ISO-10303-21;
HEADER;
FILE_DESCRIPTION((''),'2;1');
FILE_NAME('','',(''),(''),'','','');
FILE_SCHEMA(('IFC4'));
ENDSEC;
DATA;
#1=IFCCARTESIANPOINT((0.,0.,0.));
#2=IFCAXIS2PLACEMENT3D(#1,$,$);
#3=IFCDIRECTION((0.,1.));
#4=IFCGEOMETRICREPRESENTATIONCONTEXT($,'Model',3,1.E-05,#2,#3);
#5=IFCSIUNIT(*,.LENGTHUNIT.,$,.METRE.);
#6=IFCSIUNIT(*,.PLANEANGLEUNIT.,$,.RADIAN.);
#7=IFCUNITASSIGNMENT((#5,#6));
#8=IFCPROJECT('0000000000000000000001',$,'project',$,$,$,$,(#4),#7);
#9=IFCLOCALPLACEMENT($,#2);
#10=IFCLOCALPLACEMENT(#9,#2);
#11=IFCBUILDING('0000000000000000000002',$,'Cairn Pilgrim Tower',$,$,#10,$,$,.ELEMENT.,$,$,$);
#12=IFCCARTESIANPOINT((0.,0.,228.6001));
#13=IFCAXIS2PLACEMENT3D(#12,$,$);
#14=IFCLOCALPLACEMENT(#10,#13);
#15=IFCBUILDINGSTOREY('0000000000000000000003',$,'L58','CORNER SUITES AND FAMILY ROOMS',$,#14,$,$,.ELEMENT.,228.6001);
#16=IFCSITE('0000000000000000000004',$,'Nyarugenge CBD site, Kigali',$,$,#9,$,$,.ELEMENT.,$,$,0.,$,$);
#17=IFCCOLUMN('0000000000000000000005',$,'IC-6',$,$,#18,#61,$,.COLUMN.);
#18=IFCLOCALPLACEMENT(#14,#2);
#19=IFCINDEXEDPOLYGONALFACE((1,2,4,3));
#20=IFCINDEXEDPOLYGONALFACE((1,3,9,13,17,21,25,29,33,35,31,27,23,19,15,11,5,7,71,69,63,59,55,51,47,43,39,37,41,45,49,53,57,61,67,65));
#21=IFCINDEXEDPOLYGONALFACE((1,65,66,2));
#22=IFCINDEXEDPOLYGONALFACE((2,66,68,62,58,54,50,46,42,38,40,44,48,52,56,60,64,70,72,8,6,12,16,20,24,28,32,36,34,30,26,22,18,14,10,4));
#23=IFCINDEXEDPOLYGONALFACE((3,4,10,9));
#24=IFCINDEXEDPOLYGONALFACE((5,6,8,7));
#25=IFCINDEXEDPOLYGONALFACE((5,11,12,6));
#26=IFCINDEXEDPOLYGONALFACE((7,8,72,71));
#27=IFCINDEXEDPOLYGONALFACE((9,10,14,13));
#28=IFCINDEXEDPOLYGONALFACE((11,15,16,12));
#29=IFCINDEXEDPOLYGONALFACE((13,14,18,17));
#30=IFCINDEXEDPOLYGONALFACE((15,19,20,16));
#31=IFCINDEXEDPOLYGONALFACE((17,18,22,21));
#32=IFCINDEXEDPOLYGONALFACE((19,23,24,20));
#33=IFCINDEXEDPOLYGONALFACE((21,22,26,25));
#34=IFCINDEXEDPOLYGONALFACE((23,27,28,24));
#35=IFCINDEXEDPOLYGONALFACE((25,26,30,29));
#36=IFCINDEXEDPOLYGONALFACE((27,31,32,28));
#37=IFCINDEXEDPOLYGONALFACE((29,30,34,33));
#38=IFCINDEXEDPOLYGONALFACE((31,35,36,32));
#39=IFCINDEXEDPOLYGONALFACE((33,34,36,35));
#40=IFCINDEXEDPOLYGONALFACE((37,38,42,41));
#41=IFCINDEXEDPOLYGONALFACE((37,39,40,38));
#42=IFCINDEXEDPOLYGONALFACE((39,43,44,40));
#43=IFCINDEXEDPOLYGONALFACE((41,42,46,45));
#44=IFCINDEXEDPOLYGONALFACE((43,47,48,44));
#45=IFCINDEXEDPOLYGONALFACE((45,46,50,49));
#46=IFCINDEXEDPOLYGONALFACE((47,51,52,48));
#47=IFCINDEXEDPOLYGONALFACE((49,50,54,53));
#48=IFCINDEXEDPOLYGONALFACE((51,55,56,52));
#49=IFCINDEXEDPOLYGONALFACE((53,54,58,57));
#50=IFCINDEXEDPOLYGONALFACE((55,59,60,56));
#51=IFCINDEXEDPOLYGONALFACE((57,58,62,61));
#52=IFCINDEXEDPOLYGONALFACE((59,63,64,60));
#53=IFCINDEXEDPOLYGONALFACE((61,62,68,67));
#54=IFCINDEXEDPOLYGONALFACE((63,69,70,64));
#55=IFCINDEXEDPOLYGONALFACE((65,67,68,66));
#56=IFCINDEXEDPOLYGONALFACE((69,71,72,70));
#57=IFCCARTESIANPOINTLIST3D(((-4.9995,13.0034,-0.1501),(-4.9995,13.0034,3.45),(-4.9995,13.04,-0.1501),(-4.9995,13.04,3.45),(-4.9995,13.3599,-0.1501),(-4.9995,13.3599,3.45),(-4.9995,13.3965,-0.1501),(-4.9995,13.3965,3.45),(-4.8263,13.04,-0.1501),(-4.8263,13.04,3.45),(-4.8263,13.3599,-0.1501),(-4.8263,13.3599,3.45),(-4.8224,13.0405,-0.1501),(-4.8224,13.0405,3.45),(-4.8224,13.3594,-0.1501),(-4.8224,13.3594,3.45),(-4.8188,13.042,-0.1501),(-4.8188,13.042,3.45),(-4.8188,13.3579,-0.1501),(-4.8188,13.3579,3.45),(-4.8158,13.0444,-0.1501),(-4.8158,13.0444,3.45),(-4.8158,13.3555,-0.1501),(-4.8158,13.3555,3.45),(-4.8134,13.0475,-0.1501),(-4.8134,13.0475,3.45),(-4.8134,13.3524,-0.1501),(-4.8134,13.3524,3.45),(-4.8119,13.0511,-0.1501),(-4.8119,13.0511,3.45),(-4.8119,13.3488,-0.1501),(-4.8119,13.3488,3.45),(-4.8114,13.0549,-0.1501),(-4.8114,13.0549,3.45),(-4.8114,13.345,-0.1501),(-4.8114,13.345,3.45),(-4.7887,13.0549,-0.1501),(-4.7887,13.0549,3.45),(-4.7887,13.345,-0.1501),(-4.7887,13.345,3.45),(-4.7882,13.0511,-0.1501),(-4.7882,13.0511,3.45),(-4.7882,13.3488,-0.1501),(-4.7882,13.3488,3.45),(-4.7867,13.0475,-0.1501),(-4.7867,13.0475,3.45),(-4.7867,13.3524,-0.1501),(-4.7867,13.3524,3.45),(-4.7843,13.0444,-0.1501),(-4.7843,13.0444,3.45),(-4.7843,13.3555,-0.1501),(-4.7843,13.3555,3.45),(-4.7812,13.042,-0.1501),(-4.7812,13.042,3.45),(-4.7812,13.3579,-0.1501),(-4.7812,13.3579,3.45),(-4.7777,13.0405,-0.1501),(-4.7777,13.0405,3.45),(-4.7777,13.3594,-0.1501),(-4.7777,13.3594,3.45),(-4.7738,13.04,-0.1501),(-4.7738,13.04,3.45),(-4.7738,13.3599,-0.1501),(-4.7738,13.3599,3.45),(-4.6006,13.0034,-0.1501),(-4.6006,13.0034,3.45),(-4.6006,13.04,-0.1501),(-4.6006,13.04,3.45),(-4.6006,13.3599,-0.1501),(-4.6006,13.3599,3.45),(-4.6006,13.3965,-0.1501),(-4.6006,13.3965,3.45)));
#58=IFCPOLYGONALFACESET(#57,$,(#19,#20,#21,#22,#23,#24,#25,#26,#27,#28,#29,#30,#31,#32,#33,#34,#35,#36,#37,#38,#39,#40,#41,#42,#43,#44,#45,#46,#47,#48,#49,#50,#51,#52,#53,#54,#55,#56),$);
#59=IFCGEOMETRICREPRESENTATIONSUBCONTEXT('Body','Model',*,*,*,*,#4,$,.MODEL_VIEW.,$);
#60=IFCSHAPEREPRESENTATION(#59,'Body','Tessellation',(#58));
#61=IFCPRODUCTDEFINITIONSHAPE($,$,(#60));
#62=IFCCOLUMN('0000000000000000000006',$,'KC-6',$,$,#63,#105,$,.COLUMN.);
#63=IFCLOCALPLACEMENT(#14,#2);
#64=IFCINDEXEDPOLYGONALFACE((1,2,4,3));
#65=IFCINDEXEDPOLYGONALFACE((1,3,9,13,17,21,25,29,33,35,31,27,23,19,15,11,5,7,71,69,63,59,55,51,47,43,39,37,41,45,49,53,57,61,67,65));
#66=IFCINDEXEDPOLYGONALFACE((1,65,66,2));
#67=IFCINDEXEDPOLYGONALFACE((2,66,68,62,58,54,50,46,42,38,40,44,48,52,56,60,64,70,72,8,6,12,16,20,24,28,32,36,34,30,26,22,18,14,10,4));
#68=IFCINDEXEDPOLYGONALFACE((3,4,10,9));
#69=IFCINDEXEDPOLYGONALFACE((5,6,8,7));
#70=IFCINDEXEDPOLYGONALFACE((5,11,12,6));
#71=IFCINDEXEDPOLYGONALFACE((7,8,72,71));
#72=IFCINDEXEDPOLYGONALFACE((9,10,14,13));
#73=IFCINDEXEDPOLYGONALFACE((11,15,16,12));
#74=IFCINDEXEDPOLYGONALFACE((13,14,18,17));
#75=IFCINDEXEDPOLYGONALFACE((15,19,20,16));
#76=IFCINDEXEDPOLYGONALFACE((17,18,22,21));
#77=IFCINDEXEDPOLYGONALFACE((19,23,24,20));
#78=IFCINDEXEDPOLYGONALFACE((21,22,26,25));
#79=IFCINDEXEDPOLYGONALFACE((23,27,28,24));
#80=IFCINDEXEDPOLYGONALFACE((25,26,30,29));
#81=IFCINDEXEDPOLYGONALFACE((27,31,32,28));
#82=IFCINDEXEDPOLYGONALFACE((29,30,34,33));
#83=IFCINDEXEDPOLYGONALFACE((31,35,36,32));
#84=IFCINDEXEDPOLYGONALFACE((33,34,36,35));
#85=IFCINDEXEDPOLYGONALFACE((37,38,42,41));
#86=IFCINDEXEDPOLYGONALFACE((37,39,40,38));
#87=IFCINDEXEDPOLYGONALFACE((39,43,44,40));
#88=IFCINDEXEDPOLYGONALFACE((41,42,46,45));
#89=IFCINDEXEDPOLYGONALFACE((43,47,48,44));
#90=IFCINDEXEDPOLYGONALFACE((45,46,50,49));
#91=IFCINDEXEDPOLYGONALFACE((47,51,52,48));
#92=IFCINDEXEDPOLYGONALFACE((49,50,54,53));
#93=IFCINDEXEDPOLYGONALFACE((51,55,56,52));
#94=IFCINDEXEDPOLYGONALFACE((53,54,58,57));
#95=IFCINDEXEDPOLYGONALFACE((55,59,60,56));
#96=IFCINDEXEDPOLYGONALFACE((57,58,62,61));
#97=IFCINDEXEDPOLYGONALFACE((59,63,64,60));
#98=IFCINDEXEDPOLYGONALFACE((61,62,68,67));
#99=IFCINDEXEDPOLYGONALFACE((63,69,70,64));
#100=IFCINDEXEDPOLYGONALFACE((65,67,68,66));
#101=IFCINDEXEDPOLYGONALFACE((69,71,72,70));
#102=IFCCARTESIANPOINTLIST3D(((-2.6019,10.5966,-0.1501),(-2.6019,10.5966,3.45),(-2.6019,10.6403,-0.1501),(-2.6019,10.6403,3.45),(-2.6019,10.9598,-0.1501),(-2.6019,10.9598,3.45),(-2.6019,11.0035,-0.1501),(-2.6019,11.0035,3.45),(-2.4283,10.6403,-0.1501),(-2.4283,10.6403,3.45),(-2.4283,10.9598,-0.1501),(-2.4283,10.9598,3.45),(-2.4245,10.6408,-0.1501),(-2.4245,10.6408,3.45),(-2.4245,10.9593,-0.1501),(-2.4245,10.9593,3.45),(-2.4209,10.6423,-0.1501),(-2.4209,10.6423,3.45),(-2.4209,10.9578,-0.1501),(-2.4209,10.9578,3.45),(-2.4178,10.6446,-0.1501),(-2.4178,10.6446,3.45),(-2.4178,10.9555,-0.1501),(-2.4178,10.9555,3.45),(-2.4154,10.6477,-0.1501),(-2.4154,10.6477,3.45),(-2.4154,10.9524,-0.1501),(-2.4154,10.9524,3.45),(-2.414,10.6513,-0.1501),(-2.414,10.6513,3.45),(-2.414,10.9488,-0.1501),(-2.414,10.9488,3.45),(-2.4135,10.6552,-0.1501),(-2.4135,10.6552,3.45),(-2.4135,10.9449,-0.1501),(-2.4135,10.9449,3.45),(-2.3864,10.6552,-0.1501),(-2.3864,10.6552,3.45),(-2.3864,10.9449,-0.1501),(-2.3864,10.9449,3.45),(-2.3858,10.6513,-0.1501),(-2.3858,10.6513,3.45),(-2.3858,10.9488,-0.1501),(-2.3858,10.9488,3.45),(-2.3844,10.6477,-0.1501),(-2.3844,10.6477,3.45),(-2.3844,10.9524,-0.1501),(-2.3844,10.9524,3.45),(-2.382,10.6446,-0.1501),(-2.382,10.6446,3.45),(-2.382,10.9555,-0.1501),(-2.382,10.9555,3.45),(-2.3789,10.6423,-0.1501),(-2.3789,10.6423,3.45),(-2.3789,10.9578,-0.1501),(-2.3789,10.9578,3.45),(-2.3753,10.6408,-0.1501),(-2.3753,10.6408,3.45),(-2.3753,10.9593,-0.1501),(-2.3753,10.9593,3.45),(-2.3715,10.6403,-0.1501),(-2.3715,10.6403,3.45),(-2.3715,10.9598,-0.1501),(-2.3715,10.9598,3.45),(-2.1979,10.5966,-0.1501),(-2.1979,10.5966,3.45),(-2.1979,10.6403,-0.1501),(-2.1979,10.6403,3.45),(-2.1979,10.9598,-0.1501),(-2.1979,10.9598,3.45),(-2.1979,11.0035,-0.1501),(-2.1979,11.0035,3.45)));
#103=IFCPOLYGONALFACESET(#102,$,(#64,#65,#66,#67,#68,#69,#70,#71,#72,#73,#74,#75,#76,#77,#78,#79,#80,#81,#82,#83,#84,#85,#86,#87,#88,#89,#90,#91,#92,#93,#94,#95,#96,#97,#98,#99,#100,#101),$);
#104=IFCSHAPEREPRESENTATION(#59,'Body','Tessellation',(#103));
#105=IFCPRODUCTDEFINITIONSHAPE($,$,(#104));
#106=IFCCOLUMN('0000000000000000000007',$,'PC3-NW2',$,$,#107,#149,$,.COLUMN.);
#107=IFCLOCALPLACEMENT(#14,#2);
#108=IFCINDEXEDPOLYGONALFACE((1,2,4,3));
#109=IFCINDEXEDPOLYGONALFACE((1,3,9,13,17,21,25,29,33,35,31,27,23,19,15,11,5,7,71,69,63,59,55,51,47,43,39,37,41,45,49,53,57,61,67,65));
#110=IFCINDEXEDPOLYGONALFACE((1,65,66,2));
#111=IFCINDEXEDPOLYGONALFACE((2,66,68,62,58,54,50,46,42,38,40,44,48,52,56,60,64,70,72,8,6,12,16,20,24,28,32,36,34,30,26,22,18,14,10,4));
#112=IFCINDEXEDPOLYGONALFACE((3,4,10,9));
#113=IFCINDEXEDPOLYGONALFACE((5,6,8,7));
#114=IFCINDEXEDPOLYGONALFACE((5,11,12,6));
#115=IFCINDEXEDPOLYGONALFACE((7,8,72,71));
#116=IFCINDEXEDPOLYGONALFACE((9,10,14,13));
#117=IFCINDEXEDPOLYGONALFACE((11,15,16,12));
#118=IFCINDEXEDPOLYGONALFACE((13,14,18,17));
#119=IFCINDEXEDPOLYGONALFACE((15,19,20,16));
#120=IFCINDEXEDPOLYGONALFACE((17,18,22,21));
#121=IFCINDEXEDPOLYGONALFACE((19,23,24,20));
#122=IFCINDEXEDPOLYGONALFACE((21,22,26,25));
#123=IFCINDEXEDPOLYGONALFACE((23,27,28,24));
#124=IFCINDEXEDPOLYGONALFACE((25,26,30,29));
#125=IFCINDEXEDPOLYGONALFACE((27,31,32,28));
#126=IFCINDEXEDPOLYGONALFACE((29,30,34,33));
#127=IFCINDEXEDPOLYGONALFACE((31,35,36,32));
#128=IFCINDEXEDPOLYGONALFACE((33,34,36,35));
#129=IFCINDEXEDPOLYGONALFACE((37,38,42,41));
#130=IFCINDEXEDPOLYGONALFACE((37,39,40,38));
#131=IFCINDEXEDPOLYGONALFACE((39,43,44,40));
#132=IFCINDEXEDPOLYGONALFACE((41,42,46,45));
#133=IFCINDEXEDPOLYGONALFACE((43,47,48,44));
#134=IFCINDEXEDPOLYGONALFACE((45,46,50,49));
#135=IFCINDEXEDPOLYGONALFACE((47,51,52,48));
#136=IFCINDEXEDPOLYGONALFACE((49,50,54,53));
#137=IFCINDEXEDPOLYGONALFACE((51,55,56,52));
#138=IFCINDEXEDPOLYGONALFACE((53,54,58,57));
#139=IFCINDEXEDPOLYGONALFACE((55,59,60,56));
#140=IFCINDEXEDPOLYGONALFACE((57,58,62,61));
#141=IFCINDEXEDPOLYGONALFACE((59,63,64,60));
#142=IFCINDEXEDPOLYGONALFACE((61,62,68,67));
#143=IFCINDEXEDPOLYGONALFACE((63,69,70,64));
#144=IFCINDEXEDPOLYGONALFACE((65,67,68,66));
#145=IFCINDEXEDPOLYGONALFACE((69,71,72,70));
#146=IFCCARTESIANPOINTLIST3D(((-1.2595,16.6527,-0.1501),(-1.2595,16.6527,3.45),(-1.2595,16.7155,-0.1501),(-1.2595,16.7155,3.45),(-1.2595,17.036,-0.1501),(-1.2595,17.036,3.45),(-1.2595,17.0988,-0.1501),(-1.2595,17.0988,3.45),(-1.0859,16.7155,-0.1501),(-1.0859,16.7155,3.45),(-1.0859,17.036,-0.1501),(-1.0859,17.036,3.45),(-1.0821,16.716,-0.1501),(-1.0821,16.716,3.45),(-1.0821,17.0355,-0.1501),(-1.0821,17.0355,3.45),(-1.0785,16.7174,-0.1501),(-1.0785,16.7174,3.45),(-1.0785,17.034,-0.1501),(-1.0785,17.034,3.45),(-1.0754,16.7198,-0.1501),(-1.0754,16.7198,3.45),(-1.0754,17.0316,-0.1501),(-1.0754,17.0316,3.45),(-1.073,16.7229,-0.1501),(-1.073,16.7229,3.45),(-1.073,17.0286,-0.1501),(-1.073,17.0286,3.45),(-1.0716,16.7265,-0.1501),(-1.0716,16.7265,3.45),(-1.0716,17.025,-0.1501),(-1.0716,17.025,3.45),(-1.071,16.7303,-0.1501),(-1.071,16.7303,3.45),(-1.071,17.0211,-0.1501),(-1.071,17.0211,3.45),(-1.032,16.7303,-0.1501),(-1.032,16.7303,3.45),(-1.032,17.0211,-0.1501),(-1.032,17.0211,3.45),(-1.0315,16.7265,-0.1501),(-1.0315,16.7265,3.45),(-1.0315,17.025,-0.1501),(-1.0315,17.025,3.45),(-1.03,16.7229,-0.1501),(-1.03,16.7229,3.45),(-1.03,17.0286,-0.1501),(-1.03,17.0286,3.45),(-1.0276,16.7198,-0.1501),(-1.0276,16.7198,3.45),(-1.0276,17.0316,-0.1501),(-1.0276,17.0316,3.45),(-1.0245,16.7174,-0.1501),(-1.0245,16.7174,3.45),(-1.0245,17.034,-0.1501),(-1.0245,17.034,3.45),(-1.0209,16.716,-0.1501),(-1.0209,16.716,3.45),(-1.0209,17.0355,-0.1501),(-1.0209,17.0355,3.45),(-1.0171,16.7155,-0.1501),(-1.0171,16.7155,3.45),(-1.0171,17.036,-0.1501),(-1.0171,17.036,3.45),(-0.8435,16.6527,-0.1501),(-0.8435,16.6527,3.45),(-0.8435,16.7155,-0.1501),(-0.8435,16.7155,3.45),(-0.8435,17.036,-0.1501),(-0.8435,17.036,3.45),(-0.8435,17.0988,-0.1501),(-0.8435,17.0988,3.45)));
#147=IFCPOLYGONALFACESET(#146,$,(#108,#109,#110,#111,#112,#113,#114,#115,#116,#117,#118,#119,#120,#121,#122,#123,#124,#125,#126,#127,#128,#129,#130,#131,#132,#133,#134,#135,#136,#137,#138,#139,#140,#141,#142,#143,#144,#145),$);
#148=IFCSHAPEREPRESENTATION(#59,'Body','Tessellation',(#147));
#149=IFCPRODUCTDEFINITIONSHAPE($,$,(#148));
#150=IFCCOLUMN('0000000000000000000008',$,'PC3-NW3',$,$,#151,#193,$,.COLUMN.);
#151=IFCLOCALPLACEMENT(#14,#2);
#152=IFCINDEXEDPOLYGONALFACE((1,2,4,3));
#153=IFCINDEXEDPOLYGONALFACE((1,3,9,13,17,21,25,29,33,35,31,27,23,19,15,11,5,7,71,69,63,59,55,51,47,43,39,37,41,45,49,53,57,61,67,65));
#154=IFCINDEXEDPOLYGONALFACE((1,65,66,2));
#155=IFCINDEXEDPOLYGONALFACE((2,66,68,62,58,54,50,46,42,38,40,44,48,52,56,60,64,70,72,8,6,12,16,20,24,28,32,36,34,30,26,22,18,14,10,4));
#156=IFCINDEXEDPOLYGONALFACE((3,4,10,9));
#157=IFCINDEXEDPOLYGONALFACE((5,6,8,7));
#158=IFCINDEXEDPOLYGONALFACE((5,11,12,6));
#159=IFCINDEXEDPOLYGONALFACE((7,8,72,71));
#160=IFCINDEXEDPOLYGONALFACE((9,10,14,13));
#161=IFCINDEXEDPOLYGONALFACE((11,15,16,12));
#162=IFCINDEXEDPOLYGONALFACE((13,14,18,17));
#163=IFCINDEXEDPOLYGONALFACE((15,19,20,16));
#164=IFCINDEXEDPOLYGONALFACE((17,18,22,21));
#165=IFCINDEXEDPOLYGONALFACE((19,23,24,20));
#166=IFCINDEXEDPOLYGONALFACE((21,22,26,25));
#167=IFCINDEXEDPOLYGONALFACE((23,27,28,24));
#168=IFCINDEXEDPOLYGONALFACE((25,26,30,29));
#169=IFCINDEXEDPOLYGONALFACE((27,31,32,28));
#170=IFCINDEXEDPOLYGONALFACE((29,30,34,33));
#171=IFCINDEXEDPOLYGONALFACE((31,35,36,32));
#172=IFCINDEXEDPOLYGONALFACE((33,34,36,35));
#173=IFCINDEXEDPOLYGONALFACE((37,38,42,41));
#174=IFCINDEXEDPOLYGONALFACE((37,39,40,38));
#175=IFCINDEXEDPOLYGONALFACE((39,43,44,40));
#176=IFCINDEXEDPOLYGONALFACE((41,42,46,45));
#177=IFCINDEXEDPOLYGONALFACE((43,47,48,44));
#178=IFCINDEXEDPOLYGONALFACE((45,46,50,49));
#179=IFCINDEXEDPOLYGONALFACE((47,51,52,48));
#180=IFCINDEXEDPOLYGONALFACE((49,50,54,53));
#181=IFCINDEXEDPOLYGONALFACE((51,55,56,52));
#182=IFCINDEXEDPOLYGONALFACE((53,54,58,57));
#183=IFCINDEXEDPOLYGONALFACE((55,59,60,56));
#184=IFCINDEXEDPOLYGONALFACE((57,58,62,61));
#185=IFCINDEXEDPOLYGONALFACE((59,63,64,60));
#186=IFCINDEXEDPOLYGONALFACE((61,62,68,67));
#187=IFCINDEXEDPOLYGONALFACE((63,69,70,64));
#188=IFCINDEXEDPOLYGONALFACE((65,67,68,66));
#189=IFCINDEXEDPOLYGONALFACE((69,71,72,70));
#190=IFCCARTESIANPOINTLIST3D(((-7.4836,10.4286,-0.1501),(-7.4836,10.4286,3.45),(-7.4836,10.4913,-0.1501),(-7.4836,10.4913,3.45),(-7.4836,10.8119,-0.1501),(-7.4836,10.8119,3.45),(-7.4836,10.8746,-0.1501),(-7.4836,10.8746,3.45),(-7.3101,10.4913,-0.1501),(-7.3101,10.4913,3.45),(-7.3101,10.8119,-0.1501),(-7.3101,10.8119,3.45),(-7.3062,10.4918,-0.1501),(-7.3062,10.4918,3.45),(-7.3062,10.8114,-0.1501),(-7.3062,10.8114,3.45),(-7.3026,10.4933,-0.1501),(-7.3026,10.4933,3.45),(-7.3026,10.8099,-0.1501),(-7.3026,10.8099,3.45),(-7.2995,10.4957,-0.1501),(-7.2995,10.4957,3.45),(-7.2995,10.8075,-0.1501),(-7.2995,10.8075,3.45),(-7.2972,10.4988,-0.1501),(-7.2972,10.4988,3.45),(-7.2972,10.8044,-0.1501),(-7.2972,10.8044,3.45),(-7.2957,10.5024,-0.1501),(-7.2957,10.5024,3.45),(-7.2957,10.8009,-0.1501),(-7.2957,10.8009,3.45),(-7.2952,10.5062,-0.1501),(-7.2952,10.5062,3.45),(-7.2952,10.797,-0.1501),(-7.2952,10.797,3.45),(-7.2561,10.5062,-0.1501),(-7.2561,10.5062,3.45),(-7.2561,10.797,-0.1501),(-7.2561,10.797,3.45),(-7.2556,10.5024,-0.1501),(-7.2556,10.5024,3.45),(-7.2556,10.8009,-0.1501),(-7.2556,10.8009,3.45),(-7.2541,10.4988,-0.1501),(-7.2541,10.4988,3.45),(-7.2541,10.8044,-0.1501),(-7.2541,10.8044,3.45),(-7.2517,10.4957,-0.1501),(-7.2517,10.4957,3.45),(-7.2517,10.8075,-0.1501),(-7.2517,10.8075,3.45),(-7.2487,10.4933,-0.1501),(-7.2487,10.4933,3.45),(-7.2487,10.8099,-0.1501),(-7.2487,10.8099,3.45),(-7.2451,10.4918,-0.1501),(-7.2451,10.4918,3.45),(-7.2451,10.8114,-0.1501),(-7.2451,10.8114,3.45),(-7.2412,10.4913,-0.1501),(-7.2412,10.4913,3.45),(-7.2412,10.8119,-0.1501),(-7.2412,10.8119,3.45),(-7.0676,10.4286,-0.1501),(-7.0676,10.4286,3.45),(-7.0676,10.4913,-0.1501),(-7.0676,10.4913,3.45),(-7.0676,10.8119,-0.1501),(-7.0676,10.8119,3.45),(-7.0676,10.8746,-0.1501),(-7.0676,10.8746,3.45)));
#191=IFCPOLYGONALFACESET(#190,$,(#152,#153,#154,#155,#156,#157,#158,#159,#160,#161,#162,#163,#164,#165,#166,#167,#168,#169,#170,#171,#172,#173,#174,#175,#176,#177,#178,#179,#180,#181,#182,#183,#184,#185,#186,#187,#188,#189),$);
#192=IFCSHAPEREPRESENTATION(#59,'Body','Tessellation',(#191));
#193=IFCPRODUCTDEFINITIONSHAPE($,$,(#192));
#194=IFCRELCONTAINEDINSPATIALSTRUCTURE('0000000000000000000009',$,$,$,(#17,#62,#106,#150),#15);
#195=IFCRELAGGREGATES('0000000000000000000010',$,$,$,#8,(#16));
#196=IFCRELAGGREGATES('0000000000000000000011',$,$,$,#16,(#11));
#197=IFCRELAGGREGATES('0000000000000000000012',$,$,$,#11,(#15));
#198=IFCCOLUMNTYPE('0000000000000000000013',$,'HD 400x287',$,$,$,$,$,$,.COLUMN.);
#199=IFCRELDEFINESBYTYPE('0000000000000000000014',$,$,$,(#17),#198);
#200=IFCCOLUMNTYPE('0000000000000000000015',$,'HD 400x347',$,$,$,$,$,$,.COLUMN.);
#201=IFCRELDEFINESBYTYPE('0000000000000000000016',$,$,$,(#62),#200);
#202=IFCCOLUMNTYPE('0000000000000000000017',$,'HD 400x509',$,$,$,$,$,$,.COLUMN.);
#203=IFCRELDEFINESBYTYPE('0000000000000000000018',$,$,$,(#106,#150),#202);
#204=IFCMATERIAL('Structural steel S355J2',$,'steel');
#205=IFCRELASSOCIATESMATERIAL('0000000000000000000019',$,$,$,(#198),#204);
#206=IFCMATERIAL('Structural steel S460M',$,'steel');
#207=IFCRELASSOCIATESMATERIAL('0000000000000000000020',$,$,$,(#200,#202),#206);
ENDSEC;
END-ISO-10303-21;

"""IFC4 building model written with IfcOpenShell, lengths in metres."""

from ifc_helpers import new_model, si_unit, direction, frame, origin, origin_2d, place, context, subcontext, project, spatial, i_section, extrude, material, material_profile, profile_set, type_object, element, save


model = new_model("IFC4")

# Units and contexts
model_context = context("Model", 3, precision=1e-05, world=origin(), true_north=direction((0.0, 1.0)))
body_context = subcontext(model_context, "Body", "Model", "MODEL_VIEW")
ifc_project = project(units=[si_unit("LENGTHUNIT", "METRE"), si_unit("PLANEANGLEUNIT", "RADIAN")], contexts=[model_context])

# Site, building, storey
site_placement = place(None, origin())
site = spatial("IfcSite", under=ifc_project, at=site_placement, Name="Nyarugenge CBD site, Kigali", CompositionType="ELEMENT", RefElevation=0.0)
building_placement = place(site_placement, origin())
building = spatial("IfcBuilding", under=site, at=building_placement, Name="Cairn Pilgrim Tower", CompositionType="ELEMENT")
storey_placement = place(building_placement, frame((0.0, 0.0, 228.6001)))
storey = spatial("IfcBuildingStorey", under=building, at=storey_placement, Name="L58", Description="CORNER SUITES AND FAMILY ROOMS", CompositionType="ELEMENT", Elevation=228.6001)

# Columns
ifc_material_1 = material(Name="Structural steel S355J2", Category="steel")
ifc_material_profile_1 = material_profile(ifc_material_1, i_section(OverallWidth=0.3989, OverallDepth=0.3931, WebThickness=0.0227, FlangeThickness=0.0366, FilletRadius=0.0149, at=origin_2d()), Name="HD 400x287")
ifc_profile_set_1 = profile_set([ifc_material_profile_1], Name="Structural steel S355J2")
column_type_1 = type_object("IfcColumnType", Name="HD 400x287", PredefinedType="COLUMN", material=ifc_profile_set_1)
column_1_placement = place(storey_placement, frame((-4.8, 13.2, -0.1501), z_axis=(0.0, 0.0, 1.0), x_axis=(1.0, 0.0, 0.0)))
element("IfcColumn", 1, at=column_1_placement, inside=storey, type_object=column_type_1, Name="IC-6", PredefinedType="COLUMN", context=body_context, shape_type="SweptSolid", body=[
    extrude(i_section(OverallWidth=0.3989, OverallDepth=0.3931, WebThickness=0.0227, FlangeThickness=0.0366, FilletRadius=0.0149, at=origin_2d()), origin(), (0.0, 0.0, 1.0), 3.6001),
])
ifc_material_2 = material(Name="Structural steel S460M", Category="steel")
ifc_material_profile_2 = material_profile(ifc_material_2, i_section(OverallWidth=0.4041, OverallDepth=0.407, WebThickness=0.0271, FlangeThickness=0.0437, FilletRadius=0.0149, at=origin_2d()), Name="HD 400x347")
ifc_profile_set_2 = profile_set([ifc_material_profile_2], Name="Structural steel S460M")
column_type_2 = type_object("IfcColumnType", Name="HD 400x347", PredefinedType="COLUMN", material=ifc_profile_set_2)
column_2_placement = place(storey_placement, frame((-2.3999, 10.8, -0.1501), z_axis=(0.0, 0.0, 1.0), x_axis=(1.0, 0.0, 0.0)))
element("IfcColumn", 2, at=column_2_placement, inside=storey, type_object=column_type_2, Name="KC-6", PredefinedType="COLUMN", context=body_context, shape_type="SweptSolid", body=[
    extrude(i_section(OverallWidth=0.4041, OverallDepth=0.407, WebThickness=0.0271, FlangeThickness=0.0437, FilletRadius=0.0149, at=origin_2d()), origin(), (0.0, 0.0, 1.0), 3.6001),
])
ifc_material_profile_3 = material_profile(ifc_material_2, i_section(OverallWidth=0.416, OverallDepth=0.446, WebThickness=0.0391, FlangeThickness=0.0627, FilletRadius=0.0149, at=origin_2d()), Name="HD 400x509")
ifc_profile_set_3 = profile_set([ifc_material_profile_3], Name="Structural steel S460M")
column_type_3 = type_object("IfcColumnType", Name="HD 400x509", PredefinedType="COLUMN", material=ifc_profile_set_3)
for number, where, z_axis, x_axis, name in (
    (3, (-1.0515, 16.8757, -0.1501), (0.0, 0.0, 1.0), (1.0, 0.0, 0.0), "PC3-NW2"),
    (4, (-7.2756, 10.6516, -0.1501), (0.0, 0.0, 1.0), (1.0, 0.0, 0.0), "PC3-NW3"),
):
    element("IfcColumn", number, at=place(storey_placement, frame(where, z_axis=z_axis, x_axis=x_axis)), inside=storey, type_object=column_type_3, Name=name, PredefinedType="COLUMN", context=body_context, shape_type="SweptSolid", body=[
        extrude(i_section(OverallWidth=0.416, OverallDepth=0.446, WebThickness=0.0391, FlangeThickness=0.0627, FilletRadius=0.0149, at=origin_2d()), origin(), (0.0, 0.0, 1.0), 3.6001),
    ])

save(model, "model.ifc")
